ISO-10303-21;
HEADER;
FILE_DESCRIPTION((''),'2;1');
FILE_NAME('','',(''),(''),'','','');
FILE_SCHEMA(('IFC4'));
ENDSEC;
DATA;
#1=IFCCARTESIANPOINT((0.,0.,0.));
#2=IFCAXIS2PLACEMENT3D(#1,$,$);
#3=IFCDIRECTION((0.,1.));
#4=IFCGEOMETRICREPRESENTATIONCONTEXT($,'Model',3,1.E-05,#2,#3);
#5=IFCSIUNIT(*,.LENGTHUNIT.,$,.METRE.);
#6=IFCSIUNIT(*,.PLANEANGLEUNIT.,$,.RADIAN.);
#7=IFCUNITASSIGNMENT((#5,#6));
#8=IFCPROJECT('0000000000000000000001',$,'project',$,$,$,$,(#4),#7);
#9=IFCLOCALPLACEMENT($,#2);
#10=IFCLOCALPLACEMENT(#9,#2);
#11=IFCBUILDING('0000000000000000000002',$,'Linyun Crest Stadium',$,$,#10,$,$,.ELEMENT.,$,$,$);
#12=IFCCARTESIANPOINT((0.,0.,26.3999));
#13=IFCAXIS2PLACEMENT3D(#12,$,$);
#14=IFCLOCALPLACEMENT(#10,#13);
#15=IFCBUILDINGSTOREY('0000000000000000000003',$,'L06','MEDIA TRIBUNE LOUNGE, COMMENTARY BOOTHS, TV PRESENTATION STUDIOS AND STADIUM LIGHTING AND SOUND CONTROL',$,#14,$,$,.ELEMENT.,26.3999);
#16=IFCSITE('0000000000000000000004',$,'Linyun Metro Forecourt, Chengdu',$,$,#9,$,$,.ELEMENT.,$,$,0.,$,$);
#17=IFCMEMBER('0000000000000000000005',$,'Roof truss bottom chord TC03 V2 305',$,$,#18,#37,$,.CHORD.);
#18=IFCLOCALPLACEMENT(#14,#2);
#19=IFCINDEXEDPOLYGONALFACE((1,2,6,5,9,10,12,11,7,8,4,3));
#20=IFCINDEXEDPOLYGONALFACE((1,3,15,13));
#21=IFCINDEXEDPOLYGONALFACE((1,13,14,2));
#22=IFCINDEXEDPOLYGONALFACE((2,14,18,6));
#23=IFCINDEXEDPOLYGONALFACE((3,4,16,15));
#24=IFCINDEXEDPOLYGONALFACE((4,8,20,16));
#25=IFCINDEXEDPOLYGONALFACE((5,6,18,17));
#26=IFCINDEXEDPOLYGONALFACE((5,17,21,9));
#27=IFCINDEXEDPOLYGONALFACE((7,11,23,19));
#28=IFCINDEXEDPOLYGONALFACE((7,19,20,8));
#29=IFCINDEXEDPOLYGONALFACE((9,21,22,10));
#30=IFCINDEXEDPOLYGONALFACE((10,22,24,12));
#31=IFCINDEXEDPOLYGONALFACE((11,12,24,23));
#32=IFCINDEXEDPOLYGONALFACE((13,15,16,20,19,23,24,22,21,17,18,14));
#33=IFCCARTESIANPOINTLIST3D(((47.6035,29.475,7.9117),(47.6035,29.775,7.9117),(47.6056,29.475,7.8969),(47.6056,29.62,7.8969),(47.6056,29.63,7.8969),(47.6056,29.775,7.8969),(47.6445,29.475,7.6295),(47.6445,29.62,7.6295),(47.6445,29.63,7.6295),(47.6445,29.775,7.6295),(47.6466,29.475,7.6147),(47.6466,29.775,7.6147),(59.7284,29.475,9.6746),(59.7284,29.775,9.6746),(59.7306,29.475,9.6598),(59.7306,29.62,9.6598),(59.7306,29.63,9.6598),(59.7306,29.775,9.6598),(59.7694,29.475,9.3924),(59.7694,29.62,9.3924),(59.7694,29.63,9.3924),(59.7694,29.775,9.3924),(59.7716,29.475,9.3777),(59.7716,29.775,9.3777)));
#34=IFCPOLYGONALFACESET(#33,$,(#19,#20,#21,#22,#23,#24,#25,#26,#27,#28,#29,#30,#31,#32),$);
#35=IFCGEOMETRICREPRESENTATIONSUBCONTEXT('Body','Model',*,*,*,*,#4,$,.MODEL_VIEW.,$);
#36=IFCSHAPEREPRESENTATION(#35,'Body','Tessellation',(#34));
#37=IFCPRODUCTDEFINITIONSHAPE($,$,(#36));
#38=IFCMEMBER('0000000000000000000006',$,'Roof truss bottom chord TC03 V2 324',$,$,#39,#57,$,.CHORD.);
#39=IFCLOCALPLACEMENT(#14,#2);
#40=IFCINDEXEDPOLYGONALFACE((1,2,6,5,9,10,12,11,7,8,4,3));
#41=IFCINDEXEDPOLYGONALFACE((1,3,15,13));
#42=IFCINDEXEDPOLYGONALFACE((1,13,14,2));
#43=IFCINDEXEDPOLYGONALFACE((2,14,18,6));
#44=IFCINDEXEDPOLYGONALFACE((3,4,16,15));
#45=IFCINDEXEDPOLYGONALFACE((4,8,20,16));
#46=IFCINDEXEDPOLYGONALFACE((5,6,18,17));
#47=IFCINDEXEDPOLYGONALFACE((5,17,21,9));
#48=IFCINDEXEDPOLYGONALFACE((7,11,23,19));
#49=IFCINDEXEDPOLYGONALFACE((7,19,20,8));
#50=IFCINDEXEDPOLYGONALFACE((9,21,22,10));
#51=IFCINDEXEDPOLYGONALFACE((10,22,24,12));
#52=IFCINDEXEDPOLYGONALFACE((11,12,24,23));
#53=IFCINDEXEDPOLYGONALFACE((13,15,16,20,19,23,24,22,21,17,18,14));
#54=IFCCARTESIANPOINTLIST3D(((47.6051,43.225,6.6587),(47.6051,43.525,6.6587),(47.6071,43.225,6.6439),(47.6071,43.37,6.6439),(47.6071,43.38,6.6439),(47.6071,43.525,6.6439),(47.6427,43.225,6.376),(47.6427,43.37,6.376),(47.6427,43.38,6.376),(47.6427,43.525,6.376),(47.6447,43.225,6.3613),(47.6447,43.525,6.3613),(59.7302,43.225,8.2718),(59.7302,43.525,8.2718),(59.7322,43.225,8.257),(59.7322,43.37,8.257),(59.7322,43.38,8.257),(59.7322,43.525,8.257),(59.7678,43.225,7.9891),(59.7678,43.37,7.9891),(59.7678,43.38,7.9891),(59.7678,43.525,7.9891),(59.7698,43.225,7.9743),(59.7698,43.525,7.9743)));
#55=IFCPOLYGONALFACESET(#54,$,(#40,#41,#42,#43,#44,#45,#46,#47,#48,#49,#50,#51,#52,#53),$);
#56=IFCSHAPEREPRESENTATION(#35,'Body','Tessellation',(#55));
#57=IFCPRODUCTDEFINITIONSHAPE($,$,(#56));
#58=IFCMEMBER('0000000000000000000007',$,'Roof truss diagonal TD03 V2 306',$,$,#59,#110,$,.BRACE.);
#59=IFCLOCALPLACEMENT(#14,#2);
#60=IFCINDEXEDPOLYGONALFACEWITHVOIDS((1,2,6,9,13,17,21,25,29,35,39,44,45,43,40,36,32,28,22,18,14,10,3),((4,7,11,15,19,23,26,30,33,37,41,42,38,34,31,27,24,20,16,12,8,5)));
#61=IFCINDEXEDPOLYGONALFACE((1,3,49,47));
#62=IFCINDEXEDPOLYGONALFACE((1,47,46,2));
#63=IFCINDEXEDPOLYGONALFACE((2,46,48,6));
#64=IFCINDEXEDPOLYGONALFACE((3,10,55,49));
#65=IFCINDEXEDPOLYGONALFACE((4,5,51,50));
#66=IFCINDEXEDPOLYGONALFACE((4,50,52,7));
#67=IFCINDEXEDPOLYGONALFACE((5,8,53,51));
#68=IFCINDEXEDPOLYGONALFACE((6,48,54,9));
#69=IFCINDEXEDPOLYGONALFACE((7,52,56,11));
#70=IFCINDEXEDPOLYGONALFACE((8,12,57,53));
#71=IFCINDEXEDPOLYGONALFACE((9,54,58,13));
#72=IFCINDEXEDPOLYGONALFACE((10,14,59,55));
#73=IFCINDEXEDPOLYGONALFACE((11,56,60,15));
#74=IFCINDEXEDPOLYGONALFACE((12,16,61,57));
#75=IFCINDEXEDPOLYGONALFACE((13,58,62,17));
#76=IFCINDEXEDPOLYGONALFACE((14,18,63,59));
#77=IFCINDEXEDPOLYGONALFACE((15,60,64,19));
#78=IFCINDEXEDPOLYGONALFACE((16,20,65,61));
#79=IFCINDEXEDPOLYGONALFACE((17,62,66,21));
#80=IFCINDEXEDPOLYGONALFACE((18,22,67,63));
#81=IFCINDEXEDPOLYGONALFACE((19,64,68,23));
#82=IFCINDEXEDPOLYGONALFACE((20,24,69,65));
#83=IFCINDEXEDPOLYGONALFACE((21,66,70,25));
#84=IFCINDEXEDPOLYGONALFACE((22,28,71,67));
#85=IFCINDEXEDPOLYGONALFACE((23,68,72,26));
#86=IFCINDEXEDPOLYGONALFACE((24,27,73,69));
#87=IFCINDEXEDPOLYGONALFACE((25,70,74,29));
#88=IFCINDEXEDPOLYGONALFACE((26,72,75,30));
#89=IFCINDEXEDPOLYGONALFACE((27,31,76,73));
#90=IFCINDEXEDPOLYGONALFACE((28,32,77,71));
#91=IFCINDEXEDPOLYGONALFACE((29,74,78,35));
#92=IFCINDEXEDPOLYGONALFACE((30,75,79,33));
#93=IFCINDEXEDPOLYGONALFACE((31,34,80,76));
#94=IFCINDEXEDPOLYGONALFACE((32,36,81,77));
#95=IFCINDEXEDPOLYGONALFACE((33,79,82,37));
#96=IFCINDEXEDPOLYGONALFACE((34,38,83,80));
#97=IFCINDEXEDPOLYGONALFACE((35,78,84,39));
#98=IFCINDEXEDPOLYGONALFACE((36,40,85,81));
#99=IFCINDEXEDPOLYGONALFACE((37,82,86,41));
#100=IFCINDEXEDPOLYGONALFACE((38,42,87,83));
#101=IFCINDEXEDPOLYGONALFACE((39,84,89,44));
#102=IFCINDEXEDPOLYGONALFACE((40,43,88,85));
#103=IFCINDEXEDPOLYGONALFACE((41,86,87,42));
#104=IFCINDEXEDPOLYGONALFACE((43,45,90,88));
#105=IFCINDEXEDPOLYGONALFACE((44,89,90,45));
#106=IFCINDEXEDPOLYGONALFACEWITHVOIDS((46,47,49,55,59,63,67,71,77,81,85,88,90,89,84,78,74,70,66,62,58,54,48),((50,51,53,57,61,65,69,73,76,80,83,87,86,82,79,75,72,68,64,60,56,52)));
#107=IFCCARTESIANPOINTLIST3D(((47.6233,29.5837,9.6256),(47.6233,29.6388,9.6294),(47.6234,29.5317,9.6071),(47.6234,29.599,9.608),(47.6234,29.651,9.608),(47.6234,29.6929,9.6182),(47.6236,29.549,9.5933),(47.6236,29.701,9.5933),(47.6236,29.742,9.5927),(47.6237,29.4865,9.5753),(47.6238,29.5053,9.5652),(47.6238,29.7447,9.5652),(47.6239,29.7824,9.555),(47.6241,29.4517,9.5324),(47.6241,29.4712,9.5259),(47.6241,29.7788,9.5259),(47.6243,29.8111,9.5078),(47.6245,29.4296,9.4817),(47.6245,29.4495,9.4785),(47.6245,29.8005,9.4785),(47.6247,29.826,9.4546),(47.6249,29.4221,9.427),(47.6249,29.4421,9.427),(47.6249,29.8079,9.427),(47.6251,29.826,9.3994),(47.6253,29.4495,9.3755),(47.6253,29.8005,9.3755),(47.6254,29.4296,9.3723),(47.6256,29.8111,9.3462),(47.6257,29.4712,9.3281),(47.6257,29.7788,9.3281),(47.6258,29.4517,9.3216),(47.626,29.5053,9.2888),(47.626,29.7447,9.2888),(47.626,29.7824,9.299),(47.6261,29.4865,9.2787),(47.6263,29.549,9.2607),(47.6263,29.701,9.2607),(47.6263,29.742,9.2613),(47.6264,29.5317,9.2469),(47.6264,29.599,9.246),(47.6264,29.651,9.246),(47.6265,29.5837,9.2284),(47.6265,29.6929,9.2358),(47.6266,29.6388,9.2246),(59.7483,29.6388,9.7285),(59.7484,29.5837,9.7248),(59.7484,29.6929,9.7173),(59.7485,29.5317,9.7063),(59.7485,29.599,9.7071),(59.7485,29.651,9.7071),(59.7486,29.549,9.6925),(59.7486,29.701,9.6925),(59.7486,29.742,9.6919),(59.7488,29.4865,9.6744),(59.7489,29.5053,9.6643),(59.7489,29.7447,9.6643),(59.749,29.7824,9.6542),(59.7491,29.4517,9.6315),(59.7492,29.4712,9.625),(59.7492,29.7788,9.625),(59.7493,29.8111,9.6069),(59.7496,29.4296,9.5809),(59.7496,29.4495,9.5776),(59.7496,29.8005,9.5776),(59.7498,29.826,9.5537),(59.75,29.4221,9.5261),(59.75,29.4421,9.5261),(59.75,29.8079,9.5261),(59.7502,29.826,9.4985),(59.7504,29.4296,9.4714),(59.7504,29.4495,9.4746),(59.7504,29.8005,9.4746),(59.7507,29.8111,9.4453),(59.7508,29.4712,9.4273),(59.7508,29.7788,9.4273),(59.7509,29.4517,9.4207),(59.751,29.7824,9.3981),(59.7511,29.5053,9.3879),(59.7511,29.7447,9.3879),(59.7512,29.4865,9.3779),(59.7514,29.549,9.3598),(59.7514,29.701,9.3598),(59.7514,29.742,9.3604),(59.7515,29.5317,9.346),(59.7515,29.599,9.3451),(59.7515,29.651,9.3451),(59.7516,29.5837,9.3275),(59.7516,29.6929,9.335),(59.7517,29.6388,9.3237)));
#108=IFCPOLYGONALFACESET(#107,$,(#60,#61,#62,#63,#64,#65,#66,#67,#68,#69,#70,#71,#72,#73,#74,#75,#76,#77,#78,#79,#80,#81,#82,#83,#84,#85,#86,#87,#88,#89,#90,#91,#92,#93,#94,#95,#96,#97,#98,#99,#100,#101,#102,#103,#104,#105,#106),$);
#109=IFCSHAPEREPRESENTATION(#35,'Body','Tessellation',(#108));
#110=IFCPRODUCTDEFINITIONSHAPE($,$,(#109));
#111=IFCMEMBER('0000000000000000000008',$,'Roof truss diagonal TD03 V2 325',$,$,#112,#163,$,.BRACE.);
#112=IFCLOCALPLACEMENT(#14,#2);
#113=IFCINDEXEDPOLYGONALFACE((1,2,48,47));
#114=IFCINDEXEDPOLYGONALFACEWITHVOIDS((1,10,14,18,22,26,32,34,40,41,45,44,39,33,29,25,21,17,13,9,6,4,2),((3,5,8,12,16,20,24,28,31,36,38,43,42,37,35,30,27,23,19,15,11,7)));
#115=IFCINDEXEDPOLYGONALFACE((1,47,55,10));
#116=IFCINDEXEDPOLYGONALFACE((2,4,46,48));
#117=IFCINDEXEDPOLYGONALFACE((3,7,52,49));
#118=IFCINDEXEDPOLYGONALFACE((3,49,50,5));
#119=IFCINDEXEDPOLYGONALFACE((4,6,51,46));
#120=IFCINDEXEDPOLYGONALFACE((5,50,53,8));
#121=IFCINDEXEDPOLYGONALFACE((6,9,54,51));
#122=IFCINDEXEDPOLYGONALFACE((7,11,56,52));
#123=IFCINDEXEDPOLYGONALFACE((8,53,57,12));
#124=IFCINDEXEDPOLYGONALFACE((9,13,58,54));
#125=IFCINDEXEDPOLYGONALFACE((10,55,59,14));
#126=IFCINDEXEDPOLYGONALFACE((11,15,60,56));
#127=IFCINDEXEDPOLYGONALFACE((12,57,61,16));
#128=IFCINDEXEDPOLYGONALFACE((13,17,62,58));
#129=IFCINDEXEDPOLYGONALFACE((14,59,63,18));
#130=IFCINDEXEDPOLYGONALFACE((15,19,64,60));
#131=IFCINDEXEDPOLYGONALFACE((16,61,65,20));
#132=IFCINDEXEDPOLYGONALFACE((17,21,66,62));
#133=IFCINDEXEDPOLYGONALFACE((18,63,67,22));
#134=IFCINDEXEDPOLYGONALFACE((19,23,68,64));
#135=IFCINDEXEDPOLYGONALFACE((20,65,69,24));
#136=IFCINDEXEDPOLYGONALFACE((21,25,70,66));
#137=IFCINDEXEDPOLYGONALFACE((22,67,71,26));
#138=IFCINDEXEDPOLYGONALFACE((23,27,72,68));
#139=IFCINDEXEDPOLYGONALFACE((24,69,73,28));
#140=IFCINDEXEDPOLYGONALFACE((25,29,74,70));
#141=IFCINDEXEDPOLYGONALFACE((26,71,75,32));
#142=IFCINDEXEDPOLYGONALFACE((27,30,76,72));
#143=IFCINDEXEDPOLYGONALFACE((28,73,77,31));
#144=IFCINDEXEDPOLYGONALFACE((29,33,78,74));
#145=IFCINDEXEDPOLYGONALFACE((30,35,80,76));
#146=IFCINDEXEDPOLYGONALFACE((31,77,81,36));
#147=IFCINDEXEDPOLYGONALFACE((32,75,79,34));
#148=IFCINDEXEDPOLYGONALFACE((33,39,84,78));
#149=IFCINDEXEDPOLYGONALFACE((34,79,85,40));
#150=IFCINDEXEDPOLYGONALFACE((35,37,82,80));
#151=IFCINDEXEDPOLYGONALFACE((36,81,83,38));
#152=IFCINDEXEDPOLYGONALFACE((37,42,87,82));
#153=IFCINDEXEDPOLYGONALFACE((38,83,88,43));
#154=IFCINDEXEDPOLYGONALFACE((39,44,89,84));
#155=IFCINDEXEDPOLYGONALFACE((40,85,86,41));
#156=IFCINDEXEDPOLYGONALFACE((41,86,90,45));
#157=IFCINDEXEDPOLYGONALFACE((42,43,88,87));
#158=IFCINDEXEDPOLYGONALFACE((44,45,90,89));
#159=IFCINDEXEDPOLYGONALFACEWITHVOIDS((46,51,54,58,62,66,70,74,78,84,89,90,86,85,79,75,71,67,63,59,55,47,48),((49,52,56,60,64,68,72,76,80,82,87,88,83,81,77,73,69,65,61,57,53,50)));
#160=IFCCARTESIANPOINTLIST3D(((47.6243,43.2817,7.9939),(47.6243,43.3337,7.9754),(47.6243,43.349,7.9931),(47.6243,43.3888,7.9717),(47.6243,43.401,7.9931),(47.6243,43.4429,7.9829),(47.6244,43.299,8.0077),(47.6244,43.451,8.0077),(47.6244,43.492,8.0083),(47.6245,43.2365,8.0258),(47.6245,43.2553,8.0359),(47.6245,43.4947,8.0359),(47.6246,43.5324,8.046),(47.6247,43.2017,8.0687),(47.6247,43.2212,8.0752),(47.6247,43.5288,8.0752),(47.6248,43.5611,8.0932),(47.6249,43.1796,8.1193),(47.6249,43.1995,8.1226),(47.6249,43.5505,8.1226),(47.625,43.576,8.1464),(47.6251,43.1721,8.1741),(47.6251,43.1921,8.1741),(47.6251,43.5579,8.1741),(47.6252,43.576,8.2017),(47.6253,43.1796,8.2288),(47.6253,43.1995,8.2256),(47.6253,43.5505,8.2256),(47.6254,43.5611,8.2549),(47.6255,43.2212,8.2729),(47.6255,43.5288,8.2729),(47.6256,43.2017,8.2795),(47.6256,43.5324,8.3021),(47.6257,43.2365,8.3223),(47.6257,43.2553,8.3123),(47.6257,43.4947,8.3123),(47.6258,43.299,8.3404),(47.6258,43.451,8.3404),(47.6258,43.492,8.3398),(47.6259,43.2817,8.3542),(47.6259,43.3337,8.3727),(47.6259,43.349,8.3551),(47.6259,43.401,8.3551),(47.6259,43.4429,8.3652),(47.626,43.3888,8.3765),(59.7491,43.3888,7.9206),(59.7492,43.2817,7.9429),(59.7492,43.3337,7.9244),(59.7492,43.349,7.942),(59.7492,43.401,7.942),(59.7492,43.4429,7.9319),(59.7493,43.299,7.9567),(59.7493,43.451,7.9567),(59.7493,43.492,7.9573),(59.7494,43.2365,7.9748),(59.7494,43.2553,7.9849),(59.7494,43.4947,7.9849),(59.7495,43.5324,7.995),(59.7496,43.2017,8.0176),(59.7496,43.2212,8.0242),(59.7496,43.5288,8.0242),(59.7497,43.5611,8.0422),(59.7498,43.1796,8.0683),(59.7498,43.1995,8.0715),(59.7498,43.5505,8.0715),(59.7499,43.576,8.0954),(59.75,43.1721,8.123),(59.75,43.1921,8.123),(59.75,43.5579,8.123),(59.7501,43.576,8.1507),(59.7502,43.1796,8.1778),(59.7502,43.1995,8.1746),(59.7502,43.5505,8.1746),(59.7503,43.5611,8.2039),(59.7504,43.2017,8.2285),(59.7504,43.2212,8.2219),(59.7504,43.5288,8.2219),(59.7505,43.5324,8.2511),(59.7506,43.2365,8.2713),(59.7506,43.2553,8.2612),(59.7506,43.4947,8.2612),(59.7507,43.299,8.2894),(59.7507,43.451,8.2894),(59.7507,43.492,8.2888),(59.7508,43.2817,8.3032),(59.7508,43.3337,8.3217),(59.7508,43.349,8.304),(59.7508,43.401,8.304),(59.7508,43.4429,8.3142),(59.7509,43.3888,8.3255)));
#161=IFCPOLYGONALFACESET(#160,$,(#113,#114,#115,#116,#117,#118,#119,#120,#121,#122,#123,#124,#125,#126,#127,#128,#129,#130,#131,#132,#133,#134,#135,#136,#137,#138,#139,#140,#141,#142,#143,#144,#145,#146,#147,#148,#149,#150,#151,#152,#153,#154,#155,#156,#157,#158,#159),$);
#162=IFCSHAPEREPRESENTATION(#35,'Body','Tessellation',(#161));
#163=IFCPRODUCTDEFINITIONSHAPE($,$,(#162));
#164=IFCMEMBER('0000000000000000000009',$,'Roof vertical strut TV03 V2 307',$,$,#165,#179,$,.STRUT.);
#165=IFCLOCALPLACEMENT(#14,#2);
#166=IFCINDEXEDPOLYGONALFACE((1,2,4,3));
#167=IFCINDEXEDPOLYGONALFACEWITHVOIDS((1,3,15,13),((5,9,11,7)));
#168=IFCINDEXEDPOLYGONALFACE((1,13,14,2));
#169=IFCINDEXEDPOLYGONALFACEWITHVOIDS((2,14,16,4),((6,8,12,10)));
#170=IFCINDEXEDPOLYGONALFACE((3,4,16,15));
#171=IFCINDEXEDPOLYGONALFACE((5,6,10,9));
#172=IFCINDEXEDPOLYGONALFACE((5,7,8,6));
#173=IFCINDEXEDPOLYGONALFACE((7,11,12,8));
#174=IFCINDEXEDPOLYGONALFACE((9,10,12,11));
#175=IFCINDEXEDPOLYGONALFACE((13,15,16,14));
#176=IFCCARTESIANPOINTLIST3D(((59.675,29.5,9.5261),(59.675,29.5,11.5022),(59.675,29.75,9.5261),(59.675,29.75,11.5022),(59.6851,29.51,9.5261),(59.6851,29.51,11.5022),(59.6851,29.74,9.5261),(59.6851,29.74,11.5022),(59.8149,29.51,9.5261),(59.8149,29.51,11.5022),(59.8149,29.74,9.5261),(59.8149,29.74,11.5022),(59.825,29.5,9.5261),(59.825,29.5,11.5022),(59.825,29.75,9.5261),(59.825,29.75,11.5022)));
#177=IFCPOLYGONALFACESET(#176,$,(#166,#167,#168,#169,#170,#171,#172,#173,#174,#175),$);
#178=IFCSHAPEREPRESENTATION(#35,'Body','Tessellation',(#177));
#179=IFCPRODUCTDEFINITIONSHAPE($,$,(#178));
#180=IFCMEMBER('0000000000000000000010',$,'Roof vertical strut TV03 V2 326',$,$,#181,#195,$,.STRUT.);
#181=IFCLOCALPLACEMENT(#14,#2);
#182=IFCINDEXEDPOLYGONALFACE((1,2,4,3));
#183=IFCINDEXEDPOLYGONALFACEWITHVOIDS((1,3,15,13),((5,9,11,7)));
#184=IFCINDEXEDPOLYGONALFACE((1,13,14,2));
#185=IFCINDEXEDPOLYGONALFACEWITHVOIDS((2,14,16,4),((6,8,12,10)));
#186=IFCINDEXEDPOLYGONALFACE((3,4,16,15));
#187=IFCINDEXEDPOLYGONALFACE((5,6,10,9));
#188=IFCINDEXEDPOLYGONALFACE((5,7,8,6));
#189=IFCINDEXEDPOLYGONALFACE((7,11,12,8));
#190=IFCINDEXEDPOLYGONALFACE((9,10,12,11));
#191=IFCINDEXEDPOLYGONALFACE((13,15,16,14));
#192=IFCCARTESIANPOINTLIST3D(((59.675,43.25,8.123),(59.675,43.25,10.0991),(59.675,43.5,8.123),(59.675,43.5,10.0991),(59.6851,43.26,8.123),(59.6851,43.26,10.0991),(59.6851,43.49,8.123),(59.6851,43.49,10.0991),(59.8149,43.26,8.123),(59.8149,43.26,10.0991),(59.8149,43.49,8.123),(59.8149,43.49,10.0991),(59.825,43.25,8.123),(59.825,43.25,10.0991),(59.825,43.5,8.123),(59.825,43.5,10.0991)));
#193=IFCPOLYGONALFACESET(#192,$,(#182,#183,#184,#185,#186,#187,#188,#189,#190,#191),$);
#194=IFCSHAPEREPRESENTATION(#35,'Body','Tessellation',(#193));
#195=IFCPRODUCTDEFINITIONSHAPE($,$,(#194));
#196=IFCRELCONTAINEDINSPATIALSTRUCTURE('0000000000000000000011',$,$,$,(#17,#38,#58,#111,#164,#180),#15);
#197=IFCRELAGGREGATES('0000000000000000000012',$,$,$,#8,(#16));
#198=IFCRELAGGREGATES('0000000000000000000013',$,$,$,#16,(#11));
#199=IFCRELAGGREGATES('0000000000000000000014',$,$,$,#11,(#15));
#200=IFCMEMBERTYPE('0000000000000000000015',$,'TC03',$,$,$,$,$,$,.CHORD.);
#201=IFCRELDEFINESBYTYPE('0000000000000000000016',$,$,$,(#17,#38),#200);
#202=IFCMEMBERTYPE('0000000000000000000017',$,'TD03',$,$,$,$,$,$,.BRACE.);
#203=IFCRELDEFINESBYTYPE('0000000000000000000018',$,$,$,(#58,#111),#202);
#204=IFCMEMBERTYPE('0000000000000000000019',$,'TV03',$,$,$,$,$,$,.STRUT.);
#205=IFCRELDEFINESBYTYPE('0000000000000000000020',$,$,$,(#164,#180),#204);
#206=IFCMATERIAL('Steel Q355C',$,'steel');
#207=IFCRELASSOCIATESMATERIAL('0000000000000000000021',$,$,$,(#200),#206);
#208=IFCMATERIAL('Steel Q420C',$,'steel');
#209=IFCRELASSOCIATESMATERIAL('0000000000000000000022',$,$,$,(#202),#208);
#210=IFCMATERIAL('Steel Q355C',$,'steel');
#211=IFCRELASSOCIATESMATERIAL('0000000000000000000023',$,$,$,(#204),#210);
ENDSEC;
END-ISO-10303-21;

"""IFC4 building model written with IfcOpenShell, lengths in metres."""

from ifc_helpers import new_model, si_unit, direction, frame, origin, origin_2d, place, context, subcontext, project, spatial, hollow_rectangle, hollow_circle, i_section, extrude, material, material_profile, profile_set, type_object, element, save


model = new_model("IFC4")

# Units and contexts
model_context = context("Model", 3, precision=1e-05, world=origin(), true_north=direction((0.0, 1.0)))
body_context = subcontext(model_context, "Body", "Model", "MODEL_VIEW")
ifc_project = project(units=[si_unit("LENGTHUNIT", "METRE"), si_unit("PLANEANGLEUNIT", "RADIAN")], contexts=[model_context])

# Site, building, storey
site_placement = place(None, origin())
site = spatial("IfcSite", under=ifc_project, at=site_placement, Name="Linyun Metro Forecourt, Chengdu", CompositionType="ELEMENT", RefElevation=0.0)
building_placement = place(site_placement, origin())
building = spatial("IfcBuilding", under=site, at=building_placement, Name="Linyun Crest Stadium", CompositionType="ELEMENT")
storey_placement = place(building_placement, frame((0.0, 0.0, 26.3999)))
storey = spatial("IfcBuildingStorey", under=building, at=storey_placement, Name="L06", Description="MEDIA TRIBUNE LOUNGE, COMMENTARY BOOTHS, TV PRESENTATION STUDIOS AND STADIUM LIGHTING AND SOUND CONTROL", CompositionType="ELEMENT", Elevation=26.3999)

# Members
ifc_material_1 = material(Name="Steel Q355C", Category="steel")
ifc_material_profile_1 = material_profile(ifc_material_1, i_section(OverallWidth=0.3, OverallDepth=0.3, WebThickness=0.01, FlangeThickness=0.0149, at=origin_2d()), Name="HW 300x300")
ifc_profile_set_1 = profile_set([ifc_material_profile_1], Name="Steel Q355C")
member_type_1 = type_object("IfcMemberType", Name="TC03", PredefinedType="CHORD", material=ifc_profile_set_1)
member_1_placement = place(storey_placement, frame((59.75, 29.625, 9.5261), z_axis=(-0.989595, 0.0, -0.143884), x_axis=(0.0, -1.0, 0.0)))
element("IfcMember", 1, at=member_1_placement, inside=storey, type_object=member_type_1, Name="Roof truss bottom chord TC03 V2 305", PredefinedType="CHORD", context=body_context, shape_type="SweptSolid", body=[
    extrude(i_section(OverallWidth=0.3, OverallDepth=0.3, WebThickness=0.01, FlangeThickness=0.0149, at=origin_2d()), origin(), (0.0, 0.0, 1.0), 12.2524),
])
member_2_placement = place(storey_placement, frame((59.75, 43.375, 8.123), z_axis=(-0.991267, 0.0, -0.131872), x_axis=(0.0, -1.0, 0.0)))
element("IfcMember", 2, at=member_2_placement, inside=storey, type_object=member_type_1, Name="Roof truss bottom chord TC03 V2 324", PredefinedType="CHORD", context=body_context, shape_type="SweptSolid", body=[
    extrude(i_section(OverallWidth=0.3, OverallDepth=0.3, WebThickness=0.01, FlangeThickness=0.0149, at=origin_2d()), origin(), (0.0, 0.0, 1.0), 12.2319),
])
ifc_material_2 = material(Name="Steel Q420C", Category="steel")
ifc_material_profile_2 = material_profile(ifc_material_2, hollow_circle(Radius=0.2029, WallThickness=0.02, at=origin_2d()), Name="CHS 406x20")
ifc_profile_set_2 = profile_set([ifc_material_profile_2], Name="Steel Q420C")
member_type_2 = type_object("IfcMemberType", Name="TD03", PredefinedType="BRACE", material=ifc_profile_set_2)
member_3_placement = place(storey_placement, frame((59.75, 29.625, 9.5261), z_axis=(-0.999967, 0.0, -0.008175), x_axis=(0.0, -1.0, 0.0)))
element("IfcMember", 3, at=member_3_placement, inside=storey, type_object=member_type_2, Name="Roof truss diagonal TD03 V2 306", PredefinedType="BRACE", context=body_context, shape_type="SweptSolid", body=[
    extrude(hollow_circle(Radius=0.2029, WallThickness=0.02, at=origin_2d()), origin(), (0.0, 0.0, 1.0), 12.1255),
])
member_4_placement = place(storey_placement, frame((59.75, 43.375, 8.123), z_axis=(-0.999991, 0.0, 0.004208), x_axis=(0.0, -1.0, 0.0)))
element("IfcMember", 4, at=member_4_placement, inside=storey, type_object=member_type_2, Name="Roof truss diagonal TD03 V2 325", PredefinedType="BRACE", context=body_context, shape_type="SweptSolid", body=[
    extrude(hollow_circle(Radius=0.2029, WallThickness=0.02, at=origin_2d()), origin(), (0.0, 0.0, 1.0), 12.125),
])
ifc_material_3 = material(Name="Steel Q355C", Category="steel")
ifc_material_profile_3 = material_profile(ifc_material_3, hollow_rectangle(XDim=0.1499, YDim=0.25, WallThickness=0.01, at=origin_2d()), Name="RHS 250x150x10")
ifc_profile_set_3 = profile_set([ifc_material_profile_3], Name="Steel Q355C")
member_type_3 = type_object("IfcMemberType", Name="TV03", PredefinedType="STRUT", material=ifc_profile_set_3)
for number, where, z_axis, x_axis, name in (
    (5, (59.75, 29.625, 9.5261), (0.0, 0.0, 1.0), (1.0, 0.0, 0.0), "Roof vertical strut TV03 V2 307"),
    (6, (59.75, 43.375, 8.123), (0.0, 0.0, 1.0), (1.0, 0.0, 0.0), "Roof vertical strut TV03 V2 326"),
):
    element("IfcMember", number, at=place(storey_placement, frame(where, z_axis=z_axis, x_axis=x_axis)), inside=storey, type_object=member_type_3, Name=name, PredefinedType="STRUT", context=body_context, shape_type="SweptSolid", body=[
        extrude(hollow_rectangle(XDim=0.1499, YDim=0.25, WallThickness=0.01, at=origin_2d()), origin(), (0.0, 0.0, 1.0), 1.9761),
    ])

save(model, "model.ifc")
